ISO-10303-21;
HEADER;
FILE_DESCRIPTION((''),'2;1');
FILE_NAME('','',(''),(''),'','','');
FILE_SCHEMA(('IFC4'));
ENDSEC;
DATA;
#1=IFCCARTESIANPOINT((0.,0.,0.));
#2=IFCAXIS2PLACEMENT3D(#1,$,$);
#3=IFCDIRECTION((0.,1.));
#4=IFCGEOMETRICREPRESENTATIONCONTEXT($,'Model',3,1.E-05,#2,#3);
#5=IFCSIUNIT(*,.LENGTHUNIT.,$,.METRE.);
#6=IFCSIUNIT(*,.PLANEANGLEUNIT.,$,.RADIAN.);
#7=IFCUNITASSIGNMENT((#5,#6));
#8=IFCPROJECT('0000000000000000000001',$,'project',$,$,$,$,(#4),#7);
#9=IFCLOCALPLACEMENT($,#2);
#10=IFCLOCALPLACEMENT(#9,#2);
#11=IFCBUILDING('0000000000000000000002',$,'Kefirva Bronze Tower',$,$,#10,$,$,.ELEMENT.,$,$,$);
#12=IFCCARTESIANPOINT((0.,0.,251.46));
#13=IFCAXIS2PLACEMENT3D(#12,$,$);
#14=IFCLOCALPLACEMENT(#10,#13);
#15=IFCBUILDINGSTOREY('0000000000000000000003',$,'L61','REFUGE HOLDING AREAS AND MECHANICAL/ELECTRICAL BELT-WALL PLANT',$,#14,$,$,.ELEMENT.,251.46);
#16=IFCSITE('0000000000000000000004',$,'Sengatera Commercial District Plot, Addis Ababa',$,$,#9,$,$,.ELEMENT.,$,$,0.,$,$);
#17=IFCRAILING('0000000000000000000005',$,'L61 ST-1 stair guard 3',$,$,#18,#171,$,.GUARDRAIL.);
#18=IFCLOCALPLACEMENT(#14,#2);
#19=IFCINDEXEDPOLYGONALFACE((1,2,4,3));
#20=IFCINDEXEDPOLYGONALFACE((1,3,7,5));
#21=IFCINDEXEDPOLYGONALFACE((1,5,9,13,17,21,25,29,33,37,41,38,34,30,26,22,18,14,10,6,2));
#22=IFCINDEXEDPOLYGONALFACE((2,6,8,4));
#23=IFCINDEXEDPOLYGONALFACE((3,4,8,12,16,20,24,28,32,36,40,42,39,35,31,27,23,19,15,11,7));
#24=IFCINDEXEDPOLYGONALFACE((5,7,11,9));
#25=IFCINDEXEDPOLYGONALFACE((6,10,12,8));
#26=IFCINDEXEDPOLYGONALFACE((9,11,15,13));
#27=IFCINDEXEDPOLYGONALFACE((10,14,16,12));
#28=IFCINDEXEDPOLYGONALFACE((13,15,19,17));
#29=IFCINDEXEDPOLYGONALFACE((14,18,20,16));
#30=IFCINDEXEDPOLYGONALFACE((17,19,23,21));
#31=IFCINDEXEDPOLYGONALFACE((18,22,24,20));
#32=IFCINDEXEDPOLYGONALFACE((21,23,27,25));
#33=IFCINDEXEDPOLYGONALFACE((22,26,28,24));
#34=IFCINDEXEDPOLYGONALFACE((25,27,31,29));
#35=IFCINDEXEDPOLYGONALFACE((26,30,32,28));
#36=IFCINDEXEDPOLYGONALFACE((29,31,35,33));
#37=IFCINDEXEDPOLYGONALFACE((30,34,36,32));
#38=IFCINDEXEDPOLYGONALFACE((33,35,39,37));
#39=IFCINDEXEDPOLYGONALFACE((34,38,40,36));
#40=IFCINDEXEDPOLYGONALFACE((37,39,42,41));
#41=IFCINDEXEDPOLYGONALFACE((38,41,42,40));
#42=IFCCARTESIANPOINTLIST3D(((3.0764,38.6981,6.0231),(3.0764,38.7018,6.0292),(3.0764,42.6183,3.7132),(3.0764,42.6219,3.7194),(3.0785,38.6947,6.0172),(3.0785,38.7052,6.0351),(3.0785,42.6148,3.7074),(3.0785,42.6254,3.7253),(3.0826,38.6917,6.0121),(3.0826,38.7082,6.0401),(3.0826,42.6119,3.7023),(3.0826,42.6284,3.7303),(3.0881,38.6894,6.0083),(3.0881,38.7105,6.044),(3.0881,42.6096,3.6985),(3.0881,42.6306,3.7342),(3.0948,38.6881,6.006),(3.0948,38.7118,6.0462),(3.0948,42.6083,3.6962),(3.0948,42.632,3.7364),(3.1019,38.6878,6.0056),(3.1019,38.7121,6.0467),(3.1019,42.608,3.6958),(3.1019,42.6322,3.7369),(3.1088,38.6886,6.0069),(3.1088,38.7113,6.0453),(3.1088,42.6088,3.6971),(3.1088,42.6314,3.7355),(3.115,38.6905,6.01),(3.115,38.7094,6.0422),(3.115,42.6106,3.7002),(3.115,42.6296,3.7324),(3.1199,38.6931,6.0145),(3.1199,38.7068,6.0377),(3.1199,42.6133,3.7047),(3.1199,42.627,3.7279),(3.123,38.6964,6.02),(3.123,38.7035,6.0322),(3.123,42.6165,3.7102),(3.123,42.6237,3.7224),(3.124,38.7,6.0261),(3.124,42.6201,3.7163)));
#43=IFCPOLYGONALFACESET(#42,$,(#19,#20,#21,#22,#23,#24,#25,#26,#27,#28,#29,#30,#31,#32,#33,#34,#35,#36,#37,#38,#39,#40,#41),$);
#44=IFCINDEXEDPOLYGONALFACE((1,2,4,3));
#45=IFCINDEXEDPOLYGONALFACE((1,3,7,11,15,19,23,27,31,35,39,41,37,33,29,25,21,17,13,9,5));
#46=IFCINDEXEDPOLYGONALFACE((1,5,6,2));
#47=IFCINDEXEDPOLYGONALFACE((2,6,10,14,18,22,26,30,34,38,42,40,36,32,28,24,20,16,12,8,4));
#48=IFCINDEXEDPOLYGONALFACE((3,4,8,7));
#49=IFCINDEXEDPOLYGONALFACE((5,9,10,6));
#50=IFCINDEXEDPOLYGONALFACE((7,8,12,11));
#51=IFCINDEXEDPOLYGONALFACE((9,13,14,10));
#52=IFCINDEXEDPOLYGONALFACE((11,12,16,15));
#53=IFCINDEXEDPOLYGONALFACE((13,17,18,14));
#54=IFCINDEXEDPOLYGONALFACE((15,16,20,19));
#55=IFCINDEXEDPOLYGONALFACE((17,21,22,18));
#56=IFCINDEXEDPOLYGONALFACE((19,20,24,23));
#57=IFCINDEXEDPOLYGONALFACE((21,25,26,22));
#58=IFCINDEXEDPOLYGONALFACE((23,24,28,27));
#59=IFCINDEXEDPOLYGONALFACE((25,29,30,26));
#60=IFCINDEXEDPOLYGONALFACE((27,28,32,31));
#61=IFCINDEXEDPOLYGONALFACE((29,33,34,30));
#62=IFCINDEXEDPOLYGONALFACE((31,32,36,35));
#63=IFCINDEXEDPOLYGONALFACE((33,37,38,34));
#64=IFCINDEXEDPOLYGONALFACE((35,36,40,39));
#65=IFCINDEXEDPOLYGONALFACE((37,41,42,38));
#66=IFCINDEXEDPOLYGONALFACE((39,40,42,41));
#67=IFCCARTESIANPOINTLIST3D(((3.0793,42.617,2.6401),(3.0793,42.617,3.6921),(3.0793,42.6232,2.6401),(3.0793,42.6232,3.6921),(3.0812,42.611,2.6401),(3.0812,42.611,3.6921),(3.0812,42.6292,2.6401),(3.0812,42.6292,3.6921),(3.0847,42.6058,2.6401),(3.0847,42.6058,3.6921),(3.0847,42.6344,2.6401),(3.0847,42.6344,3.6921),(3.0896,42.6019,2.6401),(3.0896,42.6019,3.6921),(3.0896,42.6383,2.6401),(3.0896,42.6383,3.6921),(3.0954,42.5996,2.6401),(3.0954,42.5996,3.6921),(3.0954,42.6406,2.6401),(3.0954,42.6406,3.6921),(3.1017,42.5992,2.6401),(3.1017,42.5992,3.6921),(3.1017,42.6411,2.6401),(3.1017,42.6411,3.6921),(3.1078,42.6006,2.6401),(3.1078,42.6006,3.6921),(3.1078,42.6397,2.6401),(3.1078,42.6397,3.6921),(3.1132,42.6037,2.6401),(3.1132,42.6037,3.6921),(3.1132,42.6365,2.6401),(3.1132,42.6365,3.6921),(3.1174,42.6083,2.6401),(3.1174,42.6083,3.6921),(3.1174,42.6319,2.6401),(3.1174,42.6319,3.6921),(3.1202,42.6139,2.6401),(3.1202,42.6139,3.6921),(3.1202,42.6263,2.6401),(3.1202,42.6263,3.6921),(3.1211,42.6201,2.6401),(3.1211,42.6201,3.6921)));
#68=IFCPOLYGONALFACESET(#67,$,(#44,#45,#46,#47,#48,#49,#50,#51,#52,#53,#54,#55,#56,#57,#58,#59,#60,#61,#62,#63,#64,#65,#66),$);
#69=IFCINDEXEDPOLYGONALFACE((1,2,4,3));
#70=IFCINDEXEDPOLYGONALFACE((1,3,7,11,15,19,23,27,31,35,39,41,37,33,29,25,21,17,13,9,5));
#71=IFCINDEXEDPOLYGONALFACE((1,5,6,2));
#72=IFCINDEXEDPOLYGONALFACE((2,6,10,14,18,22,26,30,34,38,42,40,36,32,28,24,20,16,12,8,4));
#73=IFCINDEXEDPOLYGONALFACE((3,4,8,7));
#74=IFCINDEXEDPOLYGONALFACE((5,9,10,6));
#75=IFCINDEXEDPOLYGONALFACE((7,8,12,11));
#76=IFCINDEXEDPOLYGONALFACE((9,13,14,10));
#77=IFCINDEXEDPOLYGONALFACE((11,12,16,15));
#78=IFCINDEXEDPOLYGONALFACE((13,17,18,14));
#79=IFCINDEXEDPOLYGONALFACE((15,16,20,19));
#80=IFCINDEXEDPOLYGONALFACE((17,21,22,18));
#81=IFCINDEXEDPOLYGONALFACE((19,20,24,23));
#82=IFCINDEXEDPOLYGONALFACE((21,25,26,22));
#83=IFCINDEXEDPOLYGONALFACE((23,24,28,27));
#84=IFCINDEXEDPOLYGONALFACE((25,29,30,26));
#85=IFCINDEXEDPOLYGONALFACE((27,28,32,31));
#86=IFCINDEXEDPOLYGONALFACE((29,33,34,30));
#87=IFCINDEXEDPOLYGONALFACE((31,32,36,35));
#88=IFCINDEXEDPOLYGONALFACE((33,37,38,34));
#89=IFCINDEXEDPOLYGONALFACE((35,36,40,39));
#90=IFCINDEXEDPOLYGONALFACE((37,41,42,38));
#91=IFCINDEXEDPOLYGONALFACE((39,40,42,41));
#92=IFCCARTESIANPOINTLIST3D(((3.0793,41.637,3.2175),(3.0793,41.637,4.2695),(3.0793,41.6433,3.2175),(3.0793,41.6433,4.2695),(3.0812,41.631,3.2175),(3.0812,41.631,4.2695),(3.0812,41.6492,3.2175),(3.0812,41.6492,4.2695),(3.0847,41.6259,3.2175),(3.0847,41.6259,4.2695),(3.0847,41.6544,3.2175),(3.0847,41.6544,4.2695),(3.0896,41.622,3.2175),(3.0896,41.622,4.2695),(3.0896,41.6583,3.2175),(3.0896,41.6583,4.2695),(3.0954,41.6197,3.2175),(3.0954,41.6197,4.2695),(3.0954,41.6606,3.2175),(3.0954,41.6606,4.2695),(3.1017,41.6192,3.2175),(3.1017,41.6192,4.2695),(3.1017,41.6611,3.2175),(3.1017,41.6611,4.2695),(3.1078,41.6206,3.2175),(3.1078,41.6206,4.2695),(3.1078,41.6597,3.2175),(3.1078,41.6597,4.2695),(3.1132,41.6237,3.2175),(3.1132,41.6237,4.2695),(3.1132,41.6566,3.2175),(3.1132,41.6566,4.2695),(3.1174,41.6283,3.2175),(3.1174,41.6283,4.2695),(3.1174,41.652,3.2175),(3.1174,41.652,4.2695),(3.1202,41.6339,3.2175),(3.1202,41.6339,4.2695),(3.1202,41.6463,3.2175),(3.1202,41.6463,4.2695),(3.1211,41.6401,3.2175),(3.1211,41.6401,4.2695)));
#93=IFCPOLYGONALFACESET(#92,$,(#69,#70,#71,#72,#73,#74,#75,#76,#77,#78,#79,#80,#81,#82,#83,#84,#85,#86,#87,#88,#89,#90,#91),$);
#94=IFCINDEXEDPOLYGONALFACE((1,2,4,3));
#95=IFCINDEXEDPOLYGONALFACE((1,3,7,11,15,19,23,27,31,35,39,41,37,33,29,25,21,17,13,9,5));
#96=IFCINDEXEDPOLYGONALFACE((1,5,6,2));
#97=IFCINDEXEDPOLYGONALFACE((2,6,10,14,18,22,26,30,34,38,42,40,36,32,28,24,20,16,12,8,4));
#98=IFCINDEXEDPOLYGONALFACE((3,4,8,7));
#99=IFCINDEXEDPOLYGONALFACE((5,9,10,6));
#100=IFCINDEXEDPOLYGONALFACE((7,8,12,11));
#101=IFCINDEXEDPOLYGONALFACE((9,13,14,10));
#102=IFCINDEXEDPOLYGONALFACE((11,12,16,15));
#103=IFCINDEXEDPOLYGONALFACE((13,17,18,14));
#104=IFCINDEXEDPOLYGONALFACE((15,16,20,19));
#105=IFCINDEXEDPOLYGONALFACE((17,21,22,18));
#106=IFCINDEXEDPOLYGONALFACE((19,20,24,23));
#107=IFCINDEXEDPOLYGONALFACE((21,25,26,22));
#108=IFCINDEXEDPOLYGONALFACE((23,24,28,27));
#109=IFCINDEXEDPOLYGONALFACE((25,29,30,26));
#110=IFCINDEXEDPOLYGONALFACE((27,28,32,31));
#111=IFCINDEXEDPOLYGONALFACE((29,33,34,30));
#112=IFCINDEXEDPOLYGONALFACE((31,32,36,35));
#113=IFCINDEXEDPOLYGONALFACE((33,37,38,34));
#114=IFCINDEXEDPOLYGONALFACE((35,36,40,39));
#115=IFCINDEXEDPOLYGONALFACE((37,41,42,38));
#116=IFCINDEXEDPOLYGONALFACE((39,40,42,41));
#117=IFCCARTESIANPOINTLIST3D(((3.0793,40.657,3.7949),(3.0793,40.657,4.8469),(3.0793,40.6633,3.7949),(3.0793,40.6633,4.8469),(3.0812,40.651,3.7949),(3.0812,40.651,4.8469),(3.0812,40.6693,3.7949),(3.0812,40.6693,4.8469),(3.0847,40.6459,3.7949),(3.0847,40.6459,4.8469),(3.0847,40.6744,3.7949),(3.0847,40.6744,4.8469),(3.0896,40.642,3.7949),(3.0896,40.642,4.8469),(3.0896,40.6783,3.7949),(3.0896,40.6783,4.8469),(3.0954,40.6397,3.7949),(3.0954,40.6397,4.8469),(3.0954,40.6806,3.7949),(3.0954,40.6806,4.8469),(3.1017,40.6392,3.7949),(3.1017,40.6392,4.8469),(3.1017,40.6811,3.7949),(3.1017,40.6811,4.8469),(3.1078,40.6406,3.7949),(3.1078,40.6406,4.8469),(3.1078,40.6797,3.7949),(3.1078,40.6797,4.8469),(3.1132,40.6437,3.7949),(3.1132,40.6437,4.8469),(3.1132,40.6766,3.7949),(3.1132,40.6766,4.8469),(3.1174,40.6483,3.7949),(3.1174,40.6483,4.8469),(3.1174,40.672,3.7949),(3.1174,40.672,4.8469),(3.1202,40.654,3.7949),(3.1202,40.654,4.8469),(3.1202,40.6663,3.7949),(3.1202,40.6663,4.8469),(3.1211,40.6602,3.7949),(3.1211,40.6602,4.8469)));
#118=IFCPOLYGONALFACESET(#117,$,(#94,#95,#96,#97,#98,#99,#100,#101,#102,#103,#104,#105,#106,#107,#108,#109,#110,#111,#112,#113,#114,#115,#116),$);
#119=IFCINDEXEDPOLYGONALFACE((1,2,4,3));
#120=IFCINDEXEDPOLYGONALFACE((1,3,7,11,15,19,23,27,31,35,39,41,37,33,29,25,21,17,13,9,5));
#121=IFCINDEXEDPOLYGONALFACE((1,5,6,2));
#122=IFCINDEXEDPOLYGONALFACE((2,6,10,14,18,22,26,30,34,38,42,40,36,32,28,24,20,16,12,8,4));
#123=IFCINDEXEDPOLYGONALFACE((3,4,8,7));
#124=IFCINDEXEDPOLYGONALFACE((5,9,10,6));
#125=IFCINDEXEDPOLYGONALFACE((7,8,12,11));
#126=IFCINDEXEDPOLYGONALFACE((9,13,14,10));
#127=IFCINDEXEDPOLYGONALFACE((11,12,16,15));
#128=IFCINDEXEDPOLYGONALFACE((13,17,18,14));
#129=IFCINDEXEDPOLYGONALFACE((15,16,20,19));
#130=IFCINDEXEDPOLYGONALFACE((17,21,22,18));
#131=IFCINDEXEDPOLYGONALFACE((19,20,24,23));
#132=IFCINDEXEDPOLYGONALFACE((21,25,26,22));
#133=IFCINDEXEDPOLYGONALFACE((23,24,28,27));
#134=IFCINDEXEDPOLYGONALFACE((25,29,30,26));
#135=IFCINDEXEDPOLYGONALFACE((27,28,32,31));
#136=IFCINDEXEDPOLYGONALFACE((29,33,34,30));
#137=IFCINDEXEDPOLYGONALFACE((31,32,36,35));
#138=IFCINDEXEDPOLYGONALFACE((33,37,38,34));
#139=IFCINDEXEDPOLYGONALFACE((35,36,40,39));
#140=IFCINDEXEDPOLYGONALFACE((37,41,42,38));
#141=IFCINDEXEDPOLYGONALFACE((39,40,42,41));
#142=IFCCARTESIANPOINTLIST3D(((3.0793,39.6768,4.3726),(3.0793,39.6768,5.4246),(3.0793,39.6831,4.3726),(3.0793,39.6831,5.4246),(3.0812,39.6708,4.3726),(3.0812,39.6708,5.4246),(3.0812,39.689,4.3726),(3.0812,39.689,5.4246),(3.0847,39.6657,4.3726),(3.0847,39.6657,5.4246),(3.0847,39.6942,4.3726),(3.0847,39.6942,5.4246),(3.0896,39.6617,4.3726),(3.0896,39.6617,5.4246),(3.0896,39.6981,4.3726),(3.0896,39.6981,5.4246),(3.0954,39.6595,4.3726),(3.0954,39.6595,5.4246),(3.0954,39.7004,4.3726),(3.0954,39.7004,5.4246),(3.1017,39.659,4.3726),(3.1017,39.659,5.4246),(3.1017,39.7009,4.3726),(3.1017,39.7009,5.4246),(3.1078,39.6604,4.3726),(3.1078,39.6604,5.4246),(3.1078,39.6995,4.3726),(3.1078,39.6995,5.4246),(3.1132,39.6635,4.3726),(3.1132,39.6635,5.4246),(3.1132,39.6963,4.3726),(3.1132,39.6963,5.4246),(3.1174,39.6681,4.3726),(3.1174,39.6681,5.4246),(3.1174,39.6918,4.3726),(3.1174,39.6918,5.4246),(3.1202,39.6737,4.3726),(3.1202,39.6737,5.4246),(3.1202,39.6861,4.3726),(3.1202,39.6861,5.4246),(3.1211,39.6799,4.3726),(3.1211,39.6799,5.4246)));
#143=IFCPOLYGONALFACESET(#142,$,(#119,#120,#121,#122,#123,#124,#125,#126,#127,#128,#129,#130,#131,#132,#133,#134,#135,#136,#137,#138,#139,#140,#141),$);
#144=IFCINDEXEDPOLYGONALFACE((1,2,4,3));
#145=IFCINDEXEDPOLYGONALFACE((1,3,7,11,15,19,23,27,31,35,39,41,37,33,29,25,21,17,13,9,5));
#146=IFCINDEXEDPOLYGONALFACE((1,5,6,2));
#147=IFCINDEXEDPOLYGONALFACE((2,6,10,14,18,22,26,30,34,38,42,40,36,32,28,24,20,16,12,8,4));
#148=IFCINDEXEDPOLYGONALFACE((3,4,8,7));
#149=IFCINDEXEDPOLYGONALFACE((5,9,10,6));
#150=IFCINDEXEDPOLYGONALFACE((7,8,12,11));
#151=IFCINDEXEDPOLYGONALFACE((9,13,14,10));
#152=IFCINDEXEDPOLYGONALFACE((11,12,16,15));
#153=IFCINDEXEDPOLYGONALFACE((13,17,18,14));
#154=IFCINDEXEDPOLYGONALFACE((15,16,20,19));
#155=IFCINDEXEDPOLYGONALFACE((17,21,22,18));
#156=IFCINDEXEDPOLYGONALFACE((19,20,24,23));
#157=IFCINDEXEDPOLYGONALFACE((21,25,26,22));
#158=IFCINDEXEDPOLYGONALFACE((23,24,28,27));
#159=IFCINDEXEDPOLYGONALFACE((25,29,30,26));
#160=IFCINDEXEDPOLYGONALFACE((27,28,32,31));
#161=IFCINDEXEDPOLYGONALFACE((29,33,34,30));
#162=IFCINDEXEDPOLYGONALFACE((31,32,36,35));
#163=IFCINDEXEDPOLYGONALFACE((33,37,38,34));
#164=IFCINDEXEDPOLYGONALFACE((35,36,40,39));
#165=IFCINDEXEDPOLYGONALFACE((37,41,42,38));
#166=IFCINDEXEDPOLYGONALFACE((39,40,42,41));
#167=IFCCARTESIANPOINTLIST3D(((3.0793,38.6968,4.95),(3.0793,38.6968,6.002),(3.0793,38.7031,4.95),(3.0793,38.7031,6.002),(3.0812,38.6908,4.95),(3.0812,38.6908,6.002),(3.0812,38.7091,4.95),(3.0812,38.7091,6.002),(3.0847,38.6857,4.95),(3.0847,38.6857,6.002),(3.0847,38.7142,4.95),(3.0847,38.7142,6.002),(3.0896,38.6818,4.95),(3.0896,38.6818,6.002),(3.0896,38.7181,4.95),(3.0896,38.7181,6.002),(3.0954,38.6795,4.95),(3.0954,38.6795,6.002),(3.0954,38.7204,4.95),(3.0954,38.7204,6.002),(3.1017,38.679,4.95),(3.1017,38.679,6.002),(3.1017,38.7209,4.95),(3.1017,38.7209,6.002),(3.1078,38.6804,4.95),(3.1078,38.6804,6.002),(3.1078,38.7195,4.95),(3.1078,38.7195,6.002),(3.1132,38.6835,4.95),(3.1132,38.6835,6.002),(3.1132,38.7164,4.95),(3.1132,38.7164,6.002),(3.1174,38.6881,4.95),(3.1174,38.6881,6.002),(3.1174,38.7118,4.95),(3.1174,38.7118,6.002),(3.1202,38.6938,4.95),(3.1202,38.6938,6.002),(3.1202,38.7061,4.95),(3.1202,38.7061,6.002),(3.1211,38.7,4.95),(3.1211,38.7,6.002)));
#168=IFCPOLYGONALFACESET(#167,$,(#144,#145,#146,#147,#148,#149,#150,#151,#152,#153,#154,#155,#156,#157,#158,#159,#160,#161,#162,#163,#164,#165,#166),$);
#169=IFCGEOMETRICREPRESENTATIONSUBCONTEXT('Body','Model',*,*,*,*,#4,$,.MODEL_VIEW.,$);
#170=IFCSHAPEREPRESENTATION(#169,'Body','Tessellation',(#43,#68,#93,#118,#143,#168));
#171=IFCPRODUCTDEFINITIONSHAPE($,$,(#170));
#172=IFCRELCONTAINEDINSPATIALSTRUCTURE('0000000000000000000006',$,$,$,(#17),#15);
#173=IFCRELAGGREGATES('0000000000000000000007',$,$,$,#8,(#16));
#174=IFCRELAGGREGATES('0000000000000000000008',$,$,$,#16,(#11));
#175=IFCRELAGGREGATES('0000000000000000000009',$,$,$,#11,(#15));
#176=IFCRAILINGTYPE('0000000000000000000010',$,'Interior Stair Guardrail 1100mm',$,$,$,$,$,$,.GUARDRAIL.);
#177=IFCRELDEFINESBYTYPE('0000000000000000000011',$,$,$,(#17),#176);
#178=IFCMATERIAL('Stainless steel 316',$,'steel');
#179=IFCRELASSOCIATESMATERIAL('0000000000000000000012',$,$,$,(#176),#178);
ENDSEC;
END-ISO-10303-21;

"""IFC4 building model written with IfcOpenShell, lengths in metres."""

from ifc_helpers import new_model, si_unit, direction, frame, origin, origin_2d, place, context, subcontext, project, spatial, circle, extrude, material, type_object, element, save


model = new_model("IFC4")

# Units and contexts
model_context = context("Model", 3, precision=1e-05, world=origin(), true_north=direction((0.0, 1.0)))
body_context = subcontext(model_context, "Body", "Model", "MODEL_VIEW")
ifc_project = project(units=[si_unit("LENGTHUNIT", "METRE"), si_unit("PLANEANGLEUNIT", "RADIAN")], contexts=[model_context])

# Site, building, storey
site_placement = place(None, origin())
site = spatial("IfcSite", under=ifc_project, at=site_placement, Name="Sengatera Commercial District Plot, Addis Ababa", CompositionType="ELEMENT", RefElevation=0.0)
building_placement = place(site_placement, origin())
building = spatial("IfcBuilding", under=site, at=building_placement, Name="Kefirva Bronze Tower", CompositionType="ELEMENT")
storey_placement = place(building_placement, frame((0.0, 0.0, 251.46)))
storey = spatial("IfcBuildingStorey", under=building, at=storey_placement, Name="L61", Description="REFUGE HOLDING AREAS AND MECHANICAL/ELECTRICAL BELT-WALL PLANT", CompositionType="ELEMENT", Elevation=251.46)

# Shared definitions
ifc_material_1 = material(Name="Stainless steel 316", Category="steel")

# Railing
railing_type_1 = type_object("IfcRailingType", Name="Interior Stair Guardrail 1100mm", PredefinedType="GUARDRAIL", material=ifc_material_1)
railing_1_placement = place(storey_placement, frame((3.1001, 42.6201, 2.6401)))
element("IfcRailing", 1, at=railing_1_placement, inside=storey, type_object=railing_type_1, Name="L61 ST-1 stair guard 3", PredefinedType="GUARDRAIL", context=body_context, shape_type="SweptSolid", body=[
    extrude(circle(Radius=0.0239, at=origin_2d()), frame((0.0, 0.0, 1.0762), z_axis=(0.0, -0.861566, 0.507646), x_axis=(1.0, 0.0, 0.0)), (0.0, 0.0, 1.0), 4.55),
    extrude(circle(Radius=0.021, at=origin_2d()), origin(), (0.0, 0.0, 1.0), 1.052),
    extrude(circle(Radius=0.021, at=origin_2d()), frame((0.0, -0.98, 0.5774)), (0.0, 0.0, 1.0), 1.052),
    extrude(circle(Radius=0.021, at=origin_2d()), frame((0.0, -1.96, 1.1548)), (0.0, 0.0, 1.0), 1.052),
    extrude(circle(Radius=0.021, at=origin_2d()), frame((0.0, -2.9402, 1.7324)), (0.0, 0.0, 1.0), 1.052),
    extrude(circle(Radius=0.021, at=origin_2d()), frame((0.0, -3.9202, 2.3098)), (0.0, 0.0, 1.0), 1.052),
])

save(model, "model.ifc")
